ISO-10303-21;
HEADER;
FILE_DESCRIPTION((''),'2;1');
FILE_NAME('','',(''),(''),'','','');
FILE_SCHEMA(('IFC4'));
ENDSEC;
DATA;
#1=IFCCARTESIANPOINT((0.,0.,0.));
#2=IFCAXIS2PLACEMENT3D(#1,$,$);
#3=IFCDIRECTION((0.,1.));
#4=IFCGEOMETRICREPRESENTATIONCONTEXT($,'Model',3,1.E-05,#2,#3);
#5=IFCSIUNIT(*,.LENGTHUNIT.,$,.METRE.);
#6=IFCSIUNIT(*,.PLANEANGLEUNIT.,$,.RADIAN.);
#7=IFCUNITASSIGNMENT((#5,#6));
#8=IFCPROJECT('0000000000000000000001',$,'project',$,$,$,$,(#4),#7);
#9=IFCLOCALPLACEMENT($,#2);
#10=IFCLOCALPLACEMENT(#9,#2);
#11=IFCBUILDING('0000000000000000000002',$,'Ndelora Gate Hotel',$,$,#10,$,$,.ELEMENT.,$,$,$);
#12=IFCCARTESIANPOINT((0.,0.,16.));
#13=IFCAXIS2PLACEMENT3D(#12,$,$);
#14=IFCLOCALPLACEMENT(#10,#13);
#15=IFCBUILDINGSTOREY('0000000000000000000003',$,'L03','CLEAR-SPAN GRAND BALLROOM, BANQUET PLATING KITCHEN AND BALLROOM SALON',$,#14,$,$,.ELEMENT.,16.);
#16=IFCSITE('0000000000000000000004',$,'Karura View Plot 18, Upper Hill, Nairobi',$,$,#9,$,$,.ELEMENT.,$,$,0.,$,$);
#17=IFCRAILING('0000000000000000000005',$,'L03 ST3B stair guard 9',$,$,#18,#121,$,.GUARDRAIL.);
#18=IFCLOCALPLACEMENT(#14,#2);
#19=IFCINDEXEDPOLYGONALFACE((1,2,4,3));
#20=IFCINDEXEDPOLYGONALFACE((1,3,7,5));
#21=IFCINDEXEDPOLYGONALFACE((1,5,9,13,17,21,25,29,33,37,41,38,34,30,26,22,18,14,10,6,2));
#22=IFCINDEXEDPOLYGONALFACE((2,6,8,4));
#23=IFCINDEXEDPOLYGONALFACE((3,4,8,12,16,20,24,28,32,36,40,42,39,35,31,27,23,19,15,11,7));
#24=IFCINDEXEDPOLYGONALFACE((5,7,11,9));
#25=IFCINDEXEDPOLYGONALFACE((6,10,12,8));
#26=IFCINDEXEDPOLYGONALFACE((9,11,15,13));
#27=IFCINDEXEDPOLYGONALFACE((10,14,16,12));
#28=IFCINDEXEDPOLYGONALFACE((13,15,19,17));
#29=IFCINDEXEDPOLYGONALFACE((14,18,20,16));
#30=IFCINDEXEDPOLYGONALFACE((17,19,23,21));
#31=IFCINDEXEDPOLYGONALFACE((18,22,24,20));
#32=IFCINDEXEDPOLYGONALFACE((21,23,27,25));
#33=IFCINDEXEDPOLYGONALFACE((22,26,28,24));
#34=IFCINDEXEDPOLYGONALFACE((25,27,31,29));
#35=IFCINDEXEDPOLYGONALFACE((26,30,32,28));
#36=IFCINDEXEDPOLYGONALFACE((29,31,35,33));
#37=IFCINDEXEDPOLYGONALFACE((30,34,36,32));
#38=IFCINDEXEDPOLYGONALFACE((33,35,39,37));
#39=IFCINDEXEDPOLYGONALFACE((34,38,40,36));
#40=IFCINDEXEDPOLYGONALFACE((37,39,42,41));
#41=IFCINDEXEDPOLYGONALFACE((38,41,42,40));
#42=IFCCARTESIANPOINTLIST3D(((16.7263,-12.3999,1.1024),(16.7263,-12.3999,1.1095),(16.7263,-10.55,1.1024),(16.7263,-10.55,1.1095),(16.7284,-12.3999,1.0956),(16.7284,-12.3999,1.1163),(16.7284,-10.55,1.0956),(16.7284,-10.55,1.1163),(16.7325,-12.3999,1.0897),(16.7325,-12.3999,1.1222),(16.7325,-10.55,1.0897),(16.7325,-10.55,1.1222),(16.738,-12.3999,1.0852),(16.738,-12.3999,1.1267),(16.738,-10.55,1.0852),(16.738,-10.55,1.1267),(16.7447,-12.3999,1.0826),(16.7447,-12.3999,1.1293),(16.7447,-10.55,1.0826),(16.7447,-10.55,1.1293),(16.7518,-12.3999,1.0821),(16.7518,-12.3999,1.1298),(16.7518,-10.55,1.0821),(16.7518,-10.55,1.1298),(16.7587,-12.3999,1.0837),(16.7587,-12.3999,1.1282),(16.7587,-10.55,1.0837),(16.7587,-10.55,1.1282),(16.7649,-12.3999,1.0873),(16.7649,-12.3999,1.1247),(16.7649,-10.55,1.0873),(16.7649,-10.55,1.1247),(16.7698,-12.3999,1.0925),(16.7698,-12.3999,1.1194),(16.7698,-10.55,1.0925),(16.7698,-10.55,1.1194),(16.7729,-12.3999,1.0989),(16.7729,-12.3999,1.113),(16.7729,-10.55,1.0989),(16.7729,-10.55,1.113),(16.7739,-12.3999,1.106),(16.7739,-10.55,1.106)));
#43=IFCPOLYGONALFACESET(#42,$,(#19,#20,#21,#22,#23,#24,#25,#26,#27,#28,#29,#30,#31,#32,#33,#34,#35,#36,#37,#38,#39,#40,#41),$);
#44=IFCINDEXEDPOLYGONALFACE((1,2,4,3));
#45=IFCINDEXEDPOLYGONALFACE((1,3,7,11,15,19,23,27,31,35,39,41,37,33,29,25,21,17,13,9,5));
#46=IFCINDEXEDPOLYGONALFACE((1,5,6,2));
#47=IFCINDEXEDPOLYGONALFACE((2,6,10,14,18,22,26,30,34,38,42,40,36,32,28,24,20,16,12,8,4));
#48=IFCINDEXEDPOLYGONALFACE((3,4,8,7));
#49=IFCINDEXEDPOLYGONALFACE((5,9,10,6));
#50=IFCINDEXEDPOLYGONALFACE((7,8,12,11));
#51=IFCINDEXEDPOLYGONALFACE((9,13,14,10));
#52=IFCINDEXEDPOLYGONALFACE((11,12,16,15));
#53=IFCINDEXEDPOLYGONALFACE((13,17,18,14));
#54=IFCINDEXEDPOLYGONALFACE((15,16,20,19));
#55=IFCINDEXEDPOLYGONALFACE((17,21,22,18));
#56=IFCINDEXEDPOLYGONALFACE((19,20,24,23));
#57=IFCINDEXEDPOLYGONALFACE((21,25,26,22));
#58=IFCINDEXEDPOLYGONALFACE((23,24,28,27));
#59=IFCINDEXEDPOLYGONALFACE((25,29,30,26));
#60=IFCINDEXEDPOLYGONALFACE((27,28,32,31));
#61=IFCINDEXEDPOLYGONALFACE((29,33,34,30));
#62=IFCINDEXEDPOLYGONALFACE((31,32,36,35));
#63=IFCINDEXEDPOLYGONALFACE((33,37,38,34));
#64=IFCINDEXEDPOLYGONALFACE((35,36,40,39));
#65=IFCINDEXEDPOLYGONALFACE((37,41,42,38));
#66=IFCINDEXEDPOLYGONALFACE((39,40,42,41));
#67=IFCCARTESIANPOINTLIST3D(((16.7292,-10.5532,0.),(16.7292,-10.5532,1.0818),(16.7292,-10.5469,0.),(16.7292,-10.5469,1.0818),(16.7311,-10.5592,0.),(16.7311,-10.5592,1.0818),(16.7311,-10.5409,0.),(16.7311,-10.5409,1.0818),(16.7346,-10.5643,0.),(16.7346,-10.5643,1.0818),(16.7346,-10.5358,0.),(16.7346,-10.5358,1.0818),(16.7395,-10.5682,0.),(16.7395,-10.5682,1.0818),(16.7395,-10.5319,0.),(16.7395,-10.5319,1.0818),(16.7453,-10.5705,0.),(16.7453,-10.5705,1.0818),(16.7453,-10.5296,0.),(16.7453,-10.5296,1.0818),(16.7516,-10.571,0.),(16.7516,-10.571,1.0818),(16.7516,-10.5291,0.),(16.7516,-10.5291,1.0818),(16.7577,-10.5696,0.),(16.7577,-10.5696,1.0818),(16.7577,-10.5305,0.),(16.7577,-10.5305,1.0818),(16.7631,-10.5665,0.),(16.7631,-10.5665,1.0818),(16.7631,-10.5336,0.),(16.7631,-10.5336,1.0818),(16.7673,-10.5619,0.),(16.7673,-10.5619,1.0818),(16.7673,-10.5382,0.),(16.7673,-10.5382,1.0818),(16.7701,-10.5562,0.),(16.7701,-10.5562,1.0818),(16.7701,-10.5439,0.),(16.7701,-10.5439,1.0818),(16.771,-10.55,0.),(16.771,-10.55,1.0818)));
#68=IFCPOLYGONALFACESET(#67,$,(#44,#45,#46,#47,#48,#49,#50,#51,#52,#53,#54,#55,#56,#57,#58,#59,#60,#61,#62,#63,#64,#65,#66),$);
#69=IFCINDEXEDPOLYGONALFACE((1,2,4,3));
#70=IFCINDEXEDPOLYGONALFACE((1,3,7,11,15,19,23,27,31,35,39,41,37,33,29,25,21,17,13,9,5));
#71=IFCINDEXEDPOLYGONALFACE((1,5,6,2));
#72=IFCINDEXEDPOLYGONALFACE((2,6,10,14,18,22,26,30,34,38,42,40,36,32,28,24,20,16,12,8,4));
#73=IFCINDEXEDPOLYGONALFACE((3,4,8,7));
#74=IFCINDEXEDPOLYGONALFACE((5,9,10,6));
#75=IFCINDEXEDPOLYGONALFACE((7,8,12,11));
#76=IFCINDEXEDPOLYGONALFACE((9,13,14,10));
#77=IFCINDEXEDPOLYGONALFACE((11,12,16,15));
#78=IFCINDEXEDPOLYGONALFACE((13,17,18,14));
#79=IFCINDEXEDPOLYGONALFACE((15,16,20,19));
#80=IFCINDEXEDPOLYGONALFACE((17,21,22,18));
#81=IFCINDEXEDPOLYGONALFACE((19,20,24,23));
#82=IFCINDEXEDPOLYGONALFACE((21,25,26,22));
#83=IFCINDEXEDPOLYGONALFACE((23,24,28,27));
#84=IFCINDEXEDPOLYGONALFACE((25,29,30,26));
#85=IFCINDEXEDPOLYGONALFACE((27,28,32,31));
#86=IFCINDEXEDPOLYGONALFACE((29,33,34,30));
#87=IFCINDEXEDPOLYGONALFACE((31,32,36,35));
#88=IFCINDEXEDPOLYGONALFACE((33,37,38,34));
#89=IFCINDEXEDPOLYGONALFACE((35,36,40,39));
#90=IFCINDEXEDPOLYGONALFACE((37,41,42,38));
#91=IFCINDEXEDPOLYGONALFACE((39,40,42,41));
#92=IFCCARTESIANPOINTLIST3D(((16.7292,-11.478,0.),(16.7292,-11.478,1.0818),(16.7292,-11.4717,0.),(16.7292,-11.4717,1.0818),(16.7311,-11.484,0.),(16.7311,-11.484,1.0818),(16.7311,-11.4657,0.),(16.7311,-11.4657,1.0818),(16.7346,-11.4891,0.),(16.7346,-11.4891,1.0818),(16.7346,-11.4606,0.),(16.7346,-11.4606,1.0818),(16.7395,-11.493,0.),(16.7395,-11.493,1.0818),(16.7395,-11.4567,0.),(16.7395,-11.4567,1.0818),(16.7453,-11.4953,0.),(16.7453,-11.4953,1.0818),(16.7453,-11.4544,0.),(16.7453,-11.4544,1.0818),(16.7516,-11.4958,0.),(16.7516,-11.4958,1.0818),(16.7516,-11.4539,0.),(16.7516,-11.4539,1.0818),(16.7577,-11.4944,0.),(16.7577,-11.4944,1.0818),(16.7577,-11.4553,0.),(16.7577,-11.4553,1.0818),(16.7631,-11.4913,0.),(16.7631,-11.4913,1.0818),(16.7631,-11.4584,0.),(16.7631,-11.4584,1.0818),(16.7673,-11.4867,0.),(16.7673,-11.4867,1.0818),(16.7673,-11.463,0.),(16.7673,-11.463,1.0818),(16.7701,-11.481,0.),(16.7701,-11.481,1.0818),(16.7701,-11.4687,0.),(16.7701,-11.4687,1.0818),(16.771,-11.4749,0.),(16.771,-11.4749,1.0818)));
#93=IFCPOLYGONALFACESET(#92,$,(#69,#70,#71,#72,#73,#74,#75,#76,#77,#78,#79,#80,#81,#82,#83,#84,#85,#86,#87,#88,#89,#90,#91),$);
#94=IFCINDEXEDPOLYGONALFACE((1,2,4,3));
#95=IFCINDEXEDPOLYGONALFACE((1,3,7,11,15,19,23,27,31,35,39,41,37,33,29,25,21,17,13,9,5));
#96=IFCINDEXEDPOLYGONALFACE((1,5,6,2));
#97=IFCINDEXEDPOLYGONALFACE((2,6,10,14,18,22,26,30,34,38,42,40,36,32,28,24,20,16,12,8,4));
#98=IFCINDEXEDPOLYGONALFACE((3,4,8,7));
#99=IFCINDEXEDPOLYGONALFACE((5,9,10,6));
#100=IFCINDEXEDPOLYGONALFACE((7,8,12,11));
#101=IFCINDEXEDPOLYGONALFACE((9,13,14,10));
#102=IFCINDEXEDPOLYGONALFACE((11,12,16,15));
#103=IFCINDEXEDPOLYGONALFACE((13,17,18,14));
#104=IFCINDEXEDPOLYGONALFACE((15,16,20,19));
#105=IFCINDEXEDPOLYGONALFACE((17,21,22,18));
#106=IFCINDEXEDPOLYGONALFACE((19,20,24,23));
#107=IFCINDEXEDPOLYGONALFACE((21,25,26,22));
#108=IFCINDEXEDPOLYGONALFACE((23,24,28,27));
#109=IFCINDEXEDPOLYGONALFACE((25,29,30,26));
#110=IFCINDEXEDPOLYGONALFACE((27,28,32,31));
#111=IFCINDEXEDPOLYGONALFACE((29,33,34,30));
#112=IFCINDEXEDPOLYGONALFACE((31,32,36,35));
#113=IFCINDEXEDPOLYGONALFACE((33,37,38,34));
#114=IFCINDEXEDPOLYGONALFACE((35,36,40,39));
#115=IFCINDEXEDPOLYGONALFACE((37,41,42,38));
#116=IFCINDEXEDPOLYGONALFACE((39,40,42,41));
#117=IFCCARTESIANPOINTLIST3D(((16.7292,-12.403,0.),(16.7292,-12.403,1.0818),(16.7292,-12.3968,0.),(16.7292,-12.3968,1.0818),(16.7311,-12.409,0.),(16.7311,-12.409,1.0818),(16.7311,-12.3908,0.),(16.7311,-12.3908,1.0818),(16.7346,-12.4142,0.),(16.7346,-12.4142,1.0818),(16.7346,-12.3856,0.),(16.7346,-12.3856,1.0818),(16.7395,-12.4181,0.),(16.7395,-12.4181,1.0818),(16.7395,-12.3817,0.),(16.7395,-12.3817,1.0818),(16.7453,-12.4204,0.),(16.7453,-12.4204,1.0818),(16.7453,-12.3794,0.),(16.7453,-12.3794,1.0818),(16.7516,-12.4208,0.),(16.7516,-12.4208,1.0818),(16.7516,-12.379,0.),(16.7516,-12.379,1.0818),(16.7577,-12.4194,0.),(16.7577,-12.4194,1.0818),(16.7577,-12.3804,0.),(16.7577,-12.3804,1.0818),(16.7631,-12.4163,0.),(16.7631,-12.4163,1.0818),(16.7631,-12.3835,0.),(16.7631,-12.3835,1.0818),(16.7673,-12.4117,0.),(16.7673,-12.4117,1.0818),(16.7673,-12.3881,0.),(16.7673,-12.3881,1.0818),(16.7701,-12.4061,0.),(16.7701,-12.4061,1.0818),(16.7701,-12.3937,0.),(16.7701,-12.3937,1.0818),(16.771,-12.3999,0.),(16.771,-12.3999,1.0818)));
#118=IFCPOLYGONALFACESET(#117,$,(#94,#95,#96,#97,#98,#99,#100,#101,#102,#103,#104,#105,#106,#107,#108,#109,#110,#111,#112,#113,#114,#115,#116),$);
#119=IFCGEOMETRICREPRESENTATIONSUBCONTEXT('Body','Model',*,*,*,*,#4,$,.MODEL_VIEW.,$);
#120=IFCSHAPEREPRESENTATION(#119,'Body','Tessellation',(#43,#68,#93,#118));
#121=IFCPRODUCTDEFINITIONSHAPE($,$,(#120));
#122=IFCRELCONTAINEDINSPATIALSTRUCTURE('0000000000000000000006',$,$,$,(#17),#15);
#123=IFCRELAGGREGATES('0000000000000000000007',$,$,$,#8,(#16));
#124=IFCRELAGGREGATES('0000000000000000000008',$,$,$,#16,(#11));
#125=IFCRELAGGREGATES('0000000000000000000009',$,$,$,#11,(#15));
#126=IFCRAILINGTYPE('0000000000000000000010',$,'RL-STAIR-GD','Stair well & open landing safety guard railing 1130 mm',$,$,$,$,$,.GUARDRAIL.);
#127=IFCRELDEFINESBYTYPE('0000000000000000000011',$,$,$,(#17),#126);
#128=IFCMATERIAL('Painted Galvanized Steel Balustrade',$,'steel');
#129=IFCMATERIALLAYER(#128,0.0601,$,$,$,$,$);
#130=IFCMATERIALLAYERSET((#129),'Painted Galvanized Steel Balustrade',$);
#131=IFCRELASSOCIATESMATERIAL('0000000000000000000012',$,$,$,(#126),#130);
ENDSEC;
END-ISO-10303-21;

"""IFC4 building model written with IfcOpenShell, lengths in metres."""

from ifc_helpers import new_model, si_unit, direction, frame, origin, origin_2d, place, context, subcontext, project, spatial, circle, extrude, material, layer, layer_set, type_object, element, save


model = new_model("IFC4")

# Units and contexts
model_context = context("Model", 3, precision=1e-05, world=origin(), true_north=direction((0.0, 1.0)))
body_context = subcontext(model_context, "Body", "Model", "MODEL_VIEW")
ifc_project = project(units=[si_unit("LENGTHUNIT", "METRE"), si_unit("PLANEANGLEUNIT", "RADIAN")], contexts=[model_context])

# Site, building, storey
site_placement = place(None, origin())
site = spatial("IfcSite", under=ifc_project, at=site_placement, Name="Karura View Plot 18, Upper Hill, Nairobi", CompositionType="ELEMENT", RefElevation=0.0)
building_placement = place(site_placement, origin())
building = spatial("IfcBuilding", under=site, at=building_placement, Name="Ndelora Gate Hotel", CompositionType="ELEMENT")
storey_placement = place(building_placement, frame((0.0, 0.0, 16.0)))
storey = spatial("IfcBuildingStorey", under=building, at=storey_placement, Name="L03", Description="CLEAR-SPAN GRAND BALLROOM, BANQUET PLATING KITCHEN AND BALLROOM SALON", CompositionType="ELEMENT", Elevation=16.0)

# Railing
ifc_material_1 = material(Name="Painted Galvanized Steel Balustrade", Category="steel")
ifc_layer_1 = layer(ifc_material_1, 0.0601)
ifc_layer_set_1 = layer_set([ifc_layer_1], Name="Painted Galvanized Steel Balustrade")
railing_type_1 = type_object("IfcRailingType", Name="RL-STAIR-GD", Description="Stair well & open landing safety guard railing 1130 mm", PredefinedType="GUARDRAIL", material=ifc_layer_set_1)
railing_1_placement = place(storey_placement, frame((16.75, -10.55, 0.0)))
element("IfcRailing", 1, at=railing_1_placement, inside=storey, type_object=railing_type_1, Name="L03 ST3B stair guard 9", PredefinedType="GUARDRAIL", context=body_context, shape_type="SweptSolid", body=[
    extrude(circle(Radius=0.0239, at=origin_2d()), frame((0.0, 0.0, 1.106), z_axis=(0.0, -1.0, 0.0), x_axis=(1.0, 0.0, 0.0)), (0.0, 0.0, 1.0), 1.8499),
    extrude(circle(Radius=0.021, at=origin_2d()), origin(), (0.0, 0.0, 1.0), 1.0818),
    extrude(circle(Radius=0.021, at=origin_2d()), frame((0.0, -0.9248, 0.0)), (0.0, 0.0, 1.0), 1.0818),
    extrude(circle(Radius=0.021, at=origin_2d()), frame((0.0, -1.8499, 0.0)), (0.0, 0.0, 1.0), 1.0818),
])

save(model, "model.ifc")
